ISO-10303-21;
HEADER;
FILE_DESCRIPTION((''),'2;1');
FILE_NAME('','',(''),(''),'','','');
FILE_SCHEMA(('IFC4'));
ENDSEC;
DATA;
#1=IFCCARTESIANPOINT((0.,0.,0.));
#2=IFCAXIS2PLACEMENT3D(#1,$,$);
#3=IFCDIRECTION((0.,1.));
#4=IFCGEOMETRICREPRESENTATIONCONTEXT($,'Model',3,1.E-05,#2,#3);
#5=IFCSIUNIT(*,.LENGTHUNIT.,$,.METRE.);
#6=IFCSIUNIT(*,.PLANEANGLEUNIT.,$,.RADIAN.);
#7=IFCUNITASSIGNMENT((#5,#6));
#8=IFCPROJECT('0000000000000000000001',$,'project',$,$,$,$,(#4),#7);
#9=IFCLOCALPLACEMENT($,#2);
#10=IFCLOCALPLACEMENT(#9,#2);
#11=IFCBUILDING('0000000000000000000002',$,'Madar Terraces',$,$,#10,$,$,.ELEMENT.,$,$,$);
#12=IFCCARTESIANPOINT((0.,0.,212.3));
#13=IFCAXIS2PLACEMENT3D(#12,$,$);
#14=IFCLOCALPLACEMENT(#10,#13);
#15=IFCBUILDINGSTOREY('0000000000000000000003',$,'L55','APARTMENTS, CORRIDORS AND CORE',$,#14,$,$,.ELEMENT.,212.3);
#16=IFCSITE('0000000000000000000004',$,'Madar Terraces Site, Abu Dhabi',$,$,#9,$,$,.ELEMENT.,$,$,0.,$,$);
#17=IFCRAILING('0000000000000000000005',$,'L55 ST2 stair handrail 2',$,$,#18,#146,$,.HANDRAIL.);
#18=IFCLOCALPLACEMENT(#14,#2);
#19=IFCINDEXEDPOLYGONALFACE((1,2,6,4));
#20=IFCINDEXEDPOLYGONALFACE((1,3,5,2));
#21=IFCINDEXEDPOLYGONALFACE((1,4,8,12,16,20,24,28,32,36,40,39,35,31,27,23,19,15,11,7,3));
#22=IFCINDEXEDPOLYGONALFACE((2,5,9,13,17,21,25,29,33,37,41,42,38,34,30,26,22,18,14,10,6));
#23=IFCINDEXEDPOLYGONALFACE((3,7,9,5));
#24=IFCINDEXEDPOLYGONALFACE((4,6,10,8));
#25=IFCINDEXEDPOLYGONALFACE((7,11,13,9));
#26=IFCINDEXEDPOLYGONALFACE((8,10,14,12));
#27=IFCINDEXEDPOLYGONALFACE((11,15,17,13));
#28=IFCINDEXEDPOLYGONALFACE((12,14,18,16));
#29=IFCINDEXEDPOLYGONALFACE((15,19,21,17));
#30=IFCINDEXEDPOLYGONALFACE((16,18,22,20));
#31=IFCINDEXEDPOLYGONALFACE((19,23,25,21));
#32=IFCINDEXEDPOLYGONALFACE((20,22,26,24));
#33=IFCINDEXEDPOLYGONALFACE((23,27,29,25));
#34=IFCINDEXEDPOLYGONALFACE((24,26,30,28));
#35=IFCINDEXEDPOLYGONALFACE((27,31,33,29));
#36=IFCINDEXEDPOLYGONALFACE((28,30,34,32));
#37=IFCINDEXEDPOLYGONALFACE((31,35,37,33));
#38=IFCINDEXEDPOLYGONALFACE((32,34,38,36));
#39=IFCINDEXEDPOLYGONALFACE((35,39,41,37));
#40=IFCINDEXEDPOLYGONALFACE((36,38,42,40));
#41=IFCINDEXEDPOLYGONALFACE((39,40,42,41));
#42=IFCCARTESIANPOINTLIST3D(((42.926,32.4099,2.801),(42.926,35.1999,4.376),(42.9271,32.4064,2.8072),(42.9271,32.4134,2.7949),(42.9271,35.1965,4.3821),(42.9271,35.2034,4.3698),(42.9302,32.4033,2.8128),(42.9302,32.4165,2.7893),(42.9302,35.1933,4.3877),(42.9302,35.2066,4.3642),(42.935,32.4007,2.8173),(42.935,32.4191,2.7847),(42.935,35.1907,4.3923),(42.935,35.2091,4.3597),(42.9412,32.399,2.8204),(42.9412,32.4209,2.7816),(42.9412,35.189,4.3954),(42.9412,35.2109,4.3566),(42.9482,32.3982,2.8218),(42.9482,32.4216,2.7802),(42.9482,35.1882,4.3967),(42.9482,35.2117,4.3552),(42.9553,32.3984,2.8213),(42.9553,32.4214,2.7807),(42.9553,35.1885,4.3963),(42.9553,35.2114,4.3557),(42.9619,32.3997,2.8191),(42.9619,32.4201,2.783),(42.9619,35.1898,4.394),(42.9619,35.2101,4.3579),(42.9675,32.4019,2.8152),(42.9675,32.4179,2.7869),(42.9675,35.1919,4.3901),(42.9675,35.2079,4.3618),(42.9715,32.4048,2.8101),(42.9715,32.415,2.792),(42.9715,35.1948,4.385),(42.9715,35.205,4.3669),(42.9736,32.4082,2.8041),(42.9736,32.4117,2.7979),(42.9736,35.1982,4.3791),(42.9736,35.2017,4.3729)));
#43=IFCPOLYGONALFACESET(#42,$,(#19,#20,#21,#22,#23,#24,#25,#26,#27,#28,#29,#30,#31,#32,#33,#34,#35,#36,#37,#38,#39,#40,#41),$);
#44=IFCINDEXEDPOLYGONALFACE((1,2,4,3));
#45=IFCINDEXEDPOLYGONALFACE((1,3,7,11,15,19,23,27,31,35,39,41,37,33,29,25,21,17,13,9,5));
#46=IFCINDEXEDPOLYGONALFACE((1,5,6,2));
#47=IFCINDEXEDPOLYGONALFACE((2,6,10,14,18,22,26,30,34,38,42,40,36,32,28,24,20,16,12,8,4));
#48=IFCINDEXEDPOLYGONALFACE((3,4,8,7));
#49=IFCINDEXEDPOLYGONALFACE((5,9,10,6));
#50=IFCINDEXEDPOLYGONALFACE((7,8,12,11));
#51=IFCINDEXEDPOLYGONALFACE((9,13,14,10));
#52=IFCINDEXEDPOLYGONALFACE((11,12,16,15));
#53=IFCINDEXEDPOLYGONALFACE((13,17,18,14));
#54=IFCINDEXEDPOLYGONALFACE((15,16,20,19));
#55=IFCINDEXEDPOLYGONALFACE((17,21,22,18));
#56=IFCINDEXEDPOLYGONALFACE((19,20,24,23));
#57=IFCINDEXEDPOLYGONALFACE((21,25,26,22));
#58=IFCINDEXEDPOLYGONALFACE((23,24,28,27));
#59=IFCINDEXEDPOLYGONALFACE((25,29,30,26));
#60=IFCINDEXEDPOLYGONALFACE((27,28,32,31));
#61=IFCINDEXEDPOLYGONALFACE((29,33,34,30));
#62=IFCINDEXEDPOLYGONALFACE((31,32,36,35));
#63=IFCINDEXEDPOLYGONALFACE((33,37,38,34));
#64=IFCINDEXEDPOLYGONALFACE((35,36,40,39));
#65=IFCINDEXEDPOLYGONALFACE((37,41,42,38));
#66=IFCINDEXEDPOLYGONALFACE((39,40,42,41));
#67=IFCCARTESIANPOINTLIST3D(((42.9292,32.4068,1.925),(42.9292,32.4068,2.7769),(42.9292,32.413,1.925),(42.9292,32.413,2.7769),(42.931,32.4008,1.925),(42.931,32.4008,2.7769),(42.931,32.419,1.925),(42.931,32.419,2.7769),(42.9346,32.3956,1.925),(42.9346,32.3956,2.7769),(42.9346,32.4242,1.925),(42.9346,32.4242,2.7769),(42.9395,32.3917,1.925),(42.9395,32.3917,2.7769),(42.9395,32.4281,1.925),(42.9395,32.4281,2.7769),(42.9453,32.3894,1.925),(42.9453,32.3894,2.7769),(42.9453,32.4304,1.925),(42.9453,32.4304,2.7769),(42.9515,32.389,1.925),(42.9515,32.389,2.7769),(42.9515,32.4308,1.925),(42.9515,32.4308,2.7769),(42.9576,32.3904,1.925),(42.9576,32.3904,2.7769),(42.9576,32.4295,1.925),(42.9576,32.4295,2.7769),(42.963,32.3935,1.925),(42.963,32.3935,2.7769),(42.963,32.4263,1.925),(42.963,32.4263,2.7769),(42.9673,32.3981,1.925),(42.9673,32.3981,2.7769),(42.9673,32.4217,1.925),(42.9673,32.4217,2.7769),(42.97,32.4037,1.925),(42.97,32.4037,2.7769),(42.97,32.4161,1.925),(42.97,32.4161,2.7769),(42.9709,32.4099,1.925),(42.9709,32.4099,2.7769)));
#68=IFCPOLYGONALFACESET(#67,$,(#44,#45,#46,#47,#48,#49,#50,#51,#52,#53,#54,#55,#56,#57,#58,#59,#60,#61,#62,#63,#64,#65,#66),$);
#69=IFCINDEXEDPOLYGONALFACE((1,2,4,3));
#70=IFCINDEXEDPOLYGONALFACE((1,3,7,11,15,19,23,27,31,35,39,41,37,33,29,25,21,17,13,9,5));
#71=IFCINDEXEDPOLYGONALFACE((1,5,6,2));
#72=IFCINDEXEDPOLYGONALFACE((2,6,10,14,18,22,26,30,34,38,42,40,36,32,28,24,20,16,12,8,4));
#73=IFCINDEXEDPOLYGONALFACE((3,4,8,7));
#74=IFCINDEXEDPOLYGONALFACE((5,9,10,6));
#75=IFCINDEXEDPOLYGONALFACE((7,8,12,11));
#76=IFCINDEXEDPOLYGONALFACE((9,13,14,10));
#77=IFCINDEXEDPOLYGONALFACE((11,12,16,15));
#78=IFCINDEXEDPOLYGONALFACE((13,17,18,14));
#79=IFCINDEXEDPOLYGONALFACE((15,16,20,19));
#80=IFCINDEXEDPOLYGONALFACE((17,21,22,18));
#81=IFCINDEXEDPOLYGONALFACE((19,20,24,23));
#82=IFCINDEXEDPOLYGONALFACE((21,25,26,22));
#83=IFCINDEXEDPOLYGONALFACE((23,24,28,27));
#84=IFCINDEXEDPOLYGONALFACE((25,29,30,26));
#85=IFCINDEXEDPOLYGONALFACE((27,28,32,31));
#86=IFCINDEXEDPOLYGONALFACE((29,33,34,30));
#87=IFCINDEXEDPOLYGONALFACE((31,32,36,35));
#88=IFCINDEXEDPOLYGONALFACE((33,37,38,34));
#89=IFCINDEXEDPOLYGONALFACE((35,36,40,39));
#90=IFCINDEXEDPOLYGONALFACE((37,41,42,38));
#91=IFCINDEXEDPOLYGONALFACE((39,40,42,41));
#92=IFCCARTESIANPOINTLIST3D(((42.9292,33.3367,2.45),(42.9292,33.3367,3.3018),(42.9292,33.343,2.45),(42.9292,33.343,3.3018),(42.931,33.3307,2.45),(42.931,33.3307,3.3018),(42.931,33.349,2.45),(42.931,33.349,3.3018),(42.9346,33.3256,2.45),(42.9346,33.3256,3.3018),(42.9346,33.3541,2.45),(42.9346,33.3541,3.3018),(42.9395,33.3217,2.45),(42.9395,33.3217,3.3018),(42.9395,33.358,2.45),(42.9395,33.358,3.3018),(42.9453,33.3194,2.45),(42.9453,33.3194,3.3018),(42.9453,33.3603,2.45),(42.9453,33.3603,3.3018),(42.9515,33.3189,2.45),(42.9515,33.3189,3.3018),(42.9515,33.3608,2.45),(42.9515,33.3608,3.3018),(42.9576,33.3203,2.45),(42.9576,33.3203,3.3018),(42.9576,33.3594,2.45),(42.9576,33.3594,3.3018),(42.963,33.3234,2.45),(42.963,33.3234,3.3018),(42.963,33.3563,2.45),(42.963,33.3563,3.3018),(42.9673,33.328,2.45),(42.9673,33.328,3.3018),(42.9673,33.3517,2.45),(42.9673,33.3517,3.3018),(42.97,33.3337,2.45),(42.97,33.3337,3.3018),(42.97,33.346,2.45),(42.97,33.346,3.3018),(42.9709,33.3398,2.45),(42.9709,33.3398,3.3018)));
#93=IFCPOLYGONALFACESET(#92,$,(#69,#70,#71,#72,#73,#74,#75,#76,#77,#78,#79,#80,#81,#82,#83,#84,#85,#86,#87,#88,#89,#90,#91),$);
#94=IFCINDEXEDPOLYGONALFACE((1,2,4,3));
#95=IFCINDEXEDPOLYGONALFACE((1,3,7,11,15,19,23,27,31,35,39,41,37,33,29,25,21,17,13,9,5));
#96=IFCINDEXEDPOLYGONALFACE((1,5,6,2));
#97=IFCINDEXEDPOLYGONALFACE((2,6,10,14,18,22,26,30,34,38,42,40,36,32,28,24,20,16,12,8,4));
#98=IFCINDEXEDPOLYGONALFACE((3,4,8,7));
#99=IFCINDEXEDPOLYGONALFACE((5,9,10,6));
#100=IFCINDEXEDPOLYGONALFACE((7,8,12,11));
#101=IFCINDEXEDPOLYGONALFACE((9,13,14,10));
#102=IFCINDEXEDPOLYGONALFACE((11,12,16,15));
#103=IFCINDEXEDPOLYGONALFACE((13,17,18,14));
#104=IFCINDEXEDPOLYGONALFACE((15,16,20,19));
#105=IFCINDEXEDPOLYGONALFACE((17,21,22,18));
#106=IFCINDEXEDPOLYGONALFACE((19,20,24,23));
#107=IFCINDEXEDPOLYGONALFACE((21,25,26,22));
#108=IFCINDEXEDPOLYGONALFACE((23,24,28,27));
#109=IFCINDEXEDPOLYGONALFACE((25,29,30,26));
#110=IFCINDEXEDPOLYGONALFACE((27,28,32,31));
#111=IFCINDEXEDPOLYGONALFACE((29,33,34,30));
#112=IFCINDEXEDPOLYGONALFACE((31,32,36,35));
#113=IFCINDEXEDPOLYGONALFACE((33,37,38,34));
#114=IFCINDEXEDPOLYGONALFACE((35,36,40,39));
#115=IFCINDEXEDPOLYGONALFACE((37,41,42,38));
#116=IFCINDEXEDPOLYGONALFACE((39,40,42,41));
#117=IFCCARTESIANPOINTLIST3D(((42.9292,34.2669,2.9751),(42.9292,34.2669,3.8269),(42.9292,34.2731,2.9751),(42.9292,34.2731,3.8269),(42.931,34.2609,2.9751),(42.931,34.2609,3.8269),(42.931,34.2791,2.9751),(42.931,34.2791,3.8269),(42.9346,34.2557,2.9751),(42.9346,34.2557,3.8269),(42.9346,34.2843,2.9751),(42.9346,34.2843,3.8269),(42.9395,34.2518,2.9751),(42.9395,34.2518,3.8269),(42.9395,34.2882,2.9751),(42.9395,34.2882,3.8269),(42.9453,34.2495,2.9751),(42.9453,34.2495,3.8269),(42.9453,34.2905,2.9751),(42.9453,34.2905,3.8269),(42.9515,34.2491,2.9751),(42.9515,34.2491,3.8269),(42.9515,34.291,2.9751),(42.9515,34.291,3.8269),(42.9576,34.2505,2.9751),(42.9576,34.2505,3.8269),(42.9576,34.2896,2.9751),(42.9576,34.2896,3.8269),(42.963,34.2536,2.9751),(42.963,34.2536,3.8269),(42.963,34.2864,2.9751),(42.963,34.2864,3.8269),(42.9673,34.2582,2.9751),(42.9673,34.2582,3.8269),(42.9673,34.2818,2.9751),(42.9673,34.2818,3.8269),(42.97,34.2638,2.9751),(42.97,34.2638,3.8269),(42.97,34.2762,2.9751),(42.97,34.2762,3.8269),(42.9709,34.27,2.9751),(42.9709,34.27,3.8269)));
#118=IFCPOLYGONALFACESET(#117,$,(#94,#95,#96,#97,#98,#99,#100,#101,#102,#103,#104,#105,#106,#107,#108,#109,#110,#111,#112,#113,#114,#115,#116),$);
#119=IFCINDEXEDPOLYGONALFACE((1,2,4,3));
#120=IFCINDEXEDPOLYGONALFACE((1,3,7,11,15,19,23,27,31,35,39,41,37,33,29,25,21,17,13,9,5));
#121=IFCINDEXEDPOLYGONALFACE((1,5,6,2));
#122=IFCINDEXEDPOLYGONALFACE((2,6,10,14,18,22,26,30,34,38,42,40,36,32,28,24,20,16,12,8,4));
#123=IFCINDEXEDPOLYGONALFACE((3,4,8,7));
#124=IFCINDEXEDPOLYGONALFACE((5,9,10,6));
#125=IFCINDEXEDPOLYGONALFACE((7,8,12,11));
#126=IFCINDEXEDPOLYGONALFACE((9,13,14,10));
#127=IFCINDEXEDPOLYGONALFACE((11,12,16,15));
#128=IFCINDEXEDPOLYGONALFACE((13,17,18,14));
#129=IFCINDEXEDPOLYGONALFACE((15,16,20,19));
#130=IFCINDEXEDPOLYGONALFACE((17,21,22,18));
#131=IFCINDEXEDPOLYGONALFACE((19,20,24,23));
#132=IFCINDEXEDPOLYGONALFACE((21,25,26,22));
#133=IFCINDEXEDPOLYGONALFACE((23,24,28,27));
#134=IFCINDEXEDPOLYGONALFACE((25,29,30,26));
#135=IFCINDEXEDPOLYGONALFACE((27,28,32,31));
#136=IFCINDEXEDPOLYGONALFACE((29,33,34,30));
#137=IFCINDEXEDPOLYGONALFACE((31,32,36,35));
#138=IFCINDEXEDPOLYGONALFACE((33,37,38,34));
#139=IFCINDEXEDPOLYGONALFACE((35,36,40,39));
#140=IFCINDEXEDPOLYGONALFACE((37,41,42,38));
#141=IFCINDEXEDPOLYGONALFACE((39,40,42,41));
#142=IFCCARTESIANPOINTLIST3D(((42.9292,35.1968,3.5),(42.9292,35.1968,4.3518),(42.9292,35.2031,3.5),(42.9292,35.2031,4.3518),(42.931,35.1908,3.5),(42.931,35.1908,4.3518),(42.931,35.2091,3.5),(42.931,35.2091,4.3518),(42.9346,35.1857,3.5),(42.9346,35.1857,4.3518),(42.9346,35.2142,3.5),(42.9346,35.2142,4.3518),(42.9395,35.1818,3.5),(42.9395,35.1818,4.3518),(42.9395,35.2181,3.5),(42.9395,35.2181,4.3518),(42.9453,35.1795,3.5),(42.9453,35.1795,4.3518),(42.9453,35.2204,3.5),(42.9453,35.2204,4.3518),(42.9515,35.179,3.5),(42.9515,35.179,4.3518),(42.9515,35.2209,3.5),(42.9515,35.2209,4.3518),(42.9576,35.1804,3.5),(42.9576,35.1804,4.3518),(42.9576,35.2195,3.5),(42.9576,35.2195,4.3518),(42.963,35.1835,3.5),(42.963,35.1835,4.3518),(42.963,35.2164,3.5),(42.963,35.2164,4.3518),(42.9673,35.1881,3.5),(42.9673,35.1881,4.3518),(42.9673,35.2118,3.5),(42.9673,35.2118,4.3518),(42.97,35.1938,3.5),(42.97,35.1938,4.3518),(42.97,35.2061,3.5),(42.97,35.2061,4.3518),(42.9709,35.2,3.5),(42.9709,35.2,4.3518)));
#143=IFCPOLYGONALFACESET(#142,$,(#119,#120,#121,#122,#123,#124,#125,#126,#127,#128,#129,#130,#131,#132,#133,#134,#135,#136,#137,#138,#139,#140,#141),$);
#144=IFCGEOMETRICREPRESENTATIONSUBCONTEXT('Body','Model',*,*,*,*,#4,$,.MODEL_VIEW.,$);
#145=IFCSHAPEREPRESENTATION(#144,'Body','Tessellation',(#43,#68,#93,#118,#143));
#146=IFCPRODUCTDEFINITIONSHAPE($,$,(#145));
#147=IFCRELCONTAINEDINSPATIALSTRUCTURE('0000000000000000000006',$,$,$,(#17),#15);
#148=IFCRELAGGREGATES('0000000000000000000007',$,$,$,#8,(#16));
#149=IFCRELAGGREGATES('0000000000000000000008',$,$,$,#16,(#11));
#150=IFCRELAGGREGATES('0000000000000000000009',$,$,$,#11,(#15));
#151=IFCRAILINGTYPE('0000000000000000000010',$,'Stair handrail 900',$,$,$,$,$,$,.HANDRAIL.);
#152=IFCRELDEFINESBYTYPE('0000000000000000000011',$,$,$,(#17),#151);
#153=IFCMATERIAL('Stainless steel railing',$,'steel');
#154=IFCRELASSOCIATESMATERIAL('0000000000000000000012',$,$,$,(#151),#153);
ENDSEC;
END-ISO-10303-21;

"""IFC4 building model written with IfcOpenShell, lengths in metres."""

from ifc_helpers import new_model, si_unit, direction, frame, origin, origin_2d, place, context, subcontext, project, spatial, circle, extrude, material, type_object, element, save


model = new_model("IFC4")

# Units and contexts
model_context = context("Model", 3, precision=1e-05, world=origin(), true_north=direction((0.0, 1.0)))
body_context = subcontext(model_context, "Body", "Model", "MODEL_VIEW")
ifc_project = project(units=[si_unit("LENGTHUNIT", "METRE"), si_unit("PLANEANGLEUNIT", "RADIAN")], contexts=[model_context])

# Site, building, storey
site_placement = place(None, origin())
site = spatial("IfcSite", under=ifc_project, at=site_placement, Name="Madar Terraces Site, Abu Dhabi", CompositionType="ELEMENT", RefElevation=0.0)
building_placement = place(site_placement, origin())
building = spatial("IfcBuilding", under=site, at=building_placement, Name="Madar Terraces", CompositionType="ELEMENT")
storey_placement = place(building_placement, frame((0.0, 0.0, 212.3)))
storey = spatial("IfcBuildingStorey", under=building, at=storey_placement, Name="L55", Description="APARTMENTS, CORRIDORS AND CORE", CompositionType="ELEMENT", Elevation=212.3)

# Railing
ifc_material_1 = material(Name="Stainless steel railing", Category="steel")
railing_type_1 = type_object("IfcRailingType", Name="Stair handrail 900", PredefinedType="HANDRAIL", material=ifc_material_1)
railing_1_placement = place(storey_placement, frame((42.95, 32.4099, 1.925)))
element("IfcRailing", 1, at=railing_1_placement, inside=storey, type_object=railing_type_1, Name="L55 ST2 stair handrail 2", PredefinedType="HANDRAIL", context=body_context, shape_type="SweptSolid", body=[
    extrude(circle(Radius=0.0239, at=origin_2d()), frame((0.0, 0.0, 0.876), z_axis=(0.0, 0.870834, 0.491578), x_axis=(-1.0, 0.0, 0.0)), (0.0, 0.0, 1.0), 3.2039),
    extrude(circle(Radius=0.021, at=origin_2d()), origin(), (0.0, 0.0, 1.0), 0.8518),
    extrude(circle(Radius=0.021, at=origin_2d()), frame((0.0, 0.9299, 0.5249)), (0.0, 0.0, 1.0), 0.8518),
    extrude(circle(Radius=0.021, at=origin_2d()), frame((0.0, 1.8601, 1.05)), (0.0, 0.0, 1.0), 0.8518),
    extrude(circle(Radius=0.021, at=origin_2d()), frame((0.0, 2.79, 1.575)), (0.0, 0.0, 1.0), 0.8518),
])

save(model, "model.ifc")
